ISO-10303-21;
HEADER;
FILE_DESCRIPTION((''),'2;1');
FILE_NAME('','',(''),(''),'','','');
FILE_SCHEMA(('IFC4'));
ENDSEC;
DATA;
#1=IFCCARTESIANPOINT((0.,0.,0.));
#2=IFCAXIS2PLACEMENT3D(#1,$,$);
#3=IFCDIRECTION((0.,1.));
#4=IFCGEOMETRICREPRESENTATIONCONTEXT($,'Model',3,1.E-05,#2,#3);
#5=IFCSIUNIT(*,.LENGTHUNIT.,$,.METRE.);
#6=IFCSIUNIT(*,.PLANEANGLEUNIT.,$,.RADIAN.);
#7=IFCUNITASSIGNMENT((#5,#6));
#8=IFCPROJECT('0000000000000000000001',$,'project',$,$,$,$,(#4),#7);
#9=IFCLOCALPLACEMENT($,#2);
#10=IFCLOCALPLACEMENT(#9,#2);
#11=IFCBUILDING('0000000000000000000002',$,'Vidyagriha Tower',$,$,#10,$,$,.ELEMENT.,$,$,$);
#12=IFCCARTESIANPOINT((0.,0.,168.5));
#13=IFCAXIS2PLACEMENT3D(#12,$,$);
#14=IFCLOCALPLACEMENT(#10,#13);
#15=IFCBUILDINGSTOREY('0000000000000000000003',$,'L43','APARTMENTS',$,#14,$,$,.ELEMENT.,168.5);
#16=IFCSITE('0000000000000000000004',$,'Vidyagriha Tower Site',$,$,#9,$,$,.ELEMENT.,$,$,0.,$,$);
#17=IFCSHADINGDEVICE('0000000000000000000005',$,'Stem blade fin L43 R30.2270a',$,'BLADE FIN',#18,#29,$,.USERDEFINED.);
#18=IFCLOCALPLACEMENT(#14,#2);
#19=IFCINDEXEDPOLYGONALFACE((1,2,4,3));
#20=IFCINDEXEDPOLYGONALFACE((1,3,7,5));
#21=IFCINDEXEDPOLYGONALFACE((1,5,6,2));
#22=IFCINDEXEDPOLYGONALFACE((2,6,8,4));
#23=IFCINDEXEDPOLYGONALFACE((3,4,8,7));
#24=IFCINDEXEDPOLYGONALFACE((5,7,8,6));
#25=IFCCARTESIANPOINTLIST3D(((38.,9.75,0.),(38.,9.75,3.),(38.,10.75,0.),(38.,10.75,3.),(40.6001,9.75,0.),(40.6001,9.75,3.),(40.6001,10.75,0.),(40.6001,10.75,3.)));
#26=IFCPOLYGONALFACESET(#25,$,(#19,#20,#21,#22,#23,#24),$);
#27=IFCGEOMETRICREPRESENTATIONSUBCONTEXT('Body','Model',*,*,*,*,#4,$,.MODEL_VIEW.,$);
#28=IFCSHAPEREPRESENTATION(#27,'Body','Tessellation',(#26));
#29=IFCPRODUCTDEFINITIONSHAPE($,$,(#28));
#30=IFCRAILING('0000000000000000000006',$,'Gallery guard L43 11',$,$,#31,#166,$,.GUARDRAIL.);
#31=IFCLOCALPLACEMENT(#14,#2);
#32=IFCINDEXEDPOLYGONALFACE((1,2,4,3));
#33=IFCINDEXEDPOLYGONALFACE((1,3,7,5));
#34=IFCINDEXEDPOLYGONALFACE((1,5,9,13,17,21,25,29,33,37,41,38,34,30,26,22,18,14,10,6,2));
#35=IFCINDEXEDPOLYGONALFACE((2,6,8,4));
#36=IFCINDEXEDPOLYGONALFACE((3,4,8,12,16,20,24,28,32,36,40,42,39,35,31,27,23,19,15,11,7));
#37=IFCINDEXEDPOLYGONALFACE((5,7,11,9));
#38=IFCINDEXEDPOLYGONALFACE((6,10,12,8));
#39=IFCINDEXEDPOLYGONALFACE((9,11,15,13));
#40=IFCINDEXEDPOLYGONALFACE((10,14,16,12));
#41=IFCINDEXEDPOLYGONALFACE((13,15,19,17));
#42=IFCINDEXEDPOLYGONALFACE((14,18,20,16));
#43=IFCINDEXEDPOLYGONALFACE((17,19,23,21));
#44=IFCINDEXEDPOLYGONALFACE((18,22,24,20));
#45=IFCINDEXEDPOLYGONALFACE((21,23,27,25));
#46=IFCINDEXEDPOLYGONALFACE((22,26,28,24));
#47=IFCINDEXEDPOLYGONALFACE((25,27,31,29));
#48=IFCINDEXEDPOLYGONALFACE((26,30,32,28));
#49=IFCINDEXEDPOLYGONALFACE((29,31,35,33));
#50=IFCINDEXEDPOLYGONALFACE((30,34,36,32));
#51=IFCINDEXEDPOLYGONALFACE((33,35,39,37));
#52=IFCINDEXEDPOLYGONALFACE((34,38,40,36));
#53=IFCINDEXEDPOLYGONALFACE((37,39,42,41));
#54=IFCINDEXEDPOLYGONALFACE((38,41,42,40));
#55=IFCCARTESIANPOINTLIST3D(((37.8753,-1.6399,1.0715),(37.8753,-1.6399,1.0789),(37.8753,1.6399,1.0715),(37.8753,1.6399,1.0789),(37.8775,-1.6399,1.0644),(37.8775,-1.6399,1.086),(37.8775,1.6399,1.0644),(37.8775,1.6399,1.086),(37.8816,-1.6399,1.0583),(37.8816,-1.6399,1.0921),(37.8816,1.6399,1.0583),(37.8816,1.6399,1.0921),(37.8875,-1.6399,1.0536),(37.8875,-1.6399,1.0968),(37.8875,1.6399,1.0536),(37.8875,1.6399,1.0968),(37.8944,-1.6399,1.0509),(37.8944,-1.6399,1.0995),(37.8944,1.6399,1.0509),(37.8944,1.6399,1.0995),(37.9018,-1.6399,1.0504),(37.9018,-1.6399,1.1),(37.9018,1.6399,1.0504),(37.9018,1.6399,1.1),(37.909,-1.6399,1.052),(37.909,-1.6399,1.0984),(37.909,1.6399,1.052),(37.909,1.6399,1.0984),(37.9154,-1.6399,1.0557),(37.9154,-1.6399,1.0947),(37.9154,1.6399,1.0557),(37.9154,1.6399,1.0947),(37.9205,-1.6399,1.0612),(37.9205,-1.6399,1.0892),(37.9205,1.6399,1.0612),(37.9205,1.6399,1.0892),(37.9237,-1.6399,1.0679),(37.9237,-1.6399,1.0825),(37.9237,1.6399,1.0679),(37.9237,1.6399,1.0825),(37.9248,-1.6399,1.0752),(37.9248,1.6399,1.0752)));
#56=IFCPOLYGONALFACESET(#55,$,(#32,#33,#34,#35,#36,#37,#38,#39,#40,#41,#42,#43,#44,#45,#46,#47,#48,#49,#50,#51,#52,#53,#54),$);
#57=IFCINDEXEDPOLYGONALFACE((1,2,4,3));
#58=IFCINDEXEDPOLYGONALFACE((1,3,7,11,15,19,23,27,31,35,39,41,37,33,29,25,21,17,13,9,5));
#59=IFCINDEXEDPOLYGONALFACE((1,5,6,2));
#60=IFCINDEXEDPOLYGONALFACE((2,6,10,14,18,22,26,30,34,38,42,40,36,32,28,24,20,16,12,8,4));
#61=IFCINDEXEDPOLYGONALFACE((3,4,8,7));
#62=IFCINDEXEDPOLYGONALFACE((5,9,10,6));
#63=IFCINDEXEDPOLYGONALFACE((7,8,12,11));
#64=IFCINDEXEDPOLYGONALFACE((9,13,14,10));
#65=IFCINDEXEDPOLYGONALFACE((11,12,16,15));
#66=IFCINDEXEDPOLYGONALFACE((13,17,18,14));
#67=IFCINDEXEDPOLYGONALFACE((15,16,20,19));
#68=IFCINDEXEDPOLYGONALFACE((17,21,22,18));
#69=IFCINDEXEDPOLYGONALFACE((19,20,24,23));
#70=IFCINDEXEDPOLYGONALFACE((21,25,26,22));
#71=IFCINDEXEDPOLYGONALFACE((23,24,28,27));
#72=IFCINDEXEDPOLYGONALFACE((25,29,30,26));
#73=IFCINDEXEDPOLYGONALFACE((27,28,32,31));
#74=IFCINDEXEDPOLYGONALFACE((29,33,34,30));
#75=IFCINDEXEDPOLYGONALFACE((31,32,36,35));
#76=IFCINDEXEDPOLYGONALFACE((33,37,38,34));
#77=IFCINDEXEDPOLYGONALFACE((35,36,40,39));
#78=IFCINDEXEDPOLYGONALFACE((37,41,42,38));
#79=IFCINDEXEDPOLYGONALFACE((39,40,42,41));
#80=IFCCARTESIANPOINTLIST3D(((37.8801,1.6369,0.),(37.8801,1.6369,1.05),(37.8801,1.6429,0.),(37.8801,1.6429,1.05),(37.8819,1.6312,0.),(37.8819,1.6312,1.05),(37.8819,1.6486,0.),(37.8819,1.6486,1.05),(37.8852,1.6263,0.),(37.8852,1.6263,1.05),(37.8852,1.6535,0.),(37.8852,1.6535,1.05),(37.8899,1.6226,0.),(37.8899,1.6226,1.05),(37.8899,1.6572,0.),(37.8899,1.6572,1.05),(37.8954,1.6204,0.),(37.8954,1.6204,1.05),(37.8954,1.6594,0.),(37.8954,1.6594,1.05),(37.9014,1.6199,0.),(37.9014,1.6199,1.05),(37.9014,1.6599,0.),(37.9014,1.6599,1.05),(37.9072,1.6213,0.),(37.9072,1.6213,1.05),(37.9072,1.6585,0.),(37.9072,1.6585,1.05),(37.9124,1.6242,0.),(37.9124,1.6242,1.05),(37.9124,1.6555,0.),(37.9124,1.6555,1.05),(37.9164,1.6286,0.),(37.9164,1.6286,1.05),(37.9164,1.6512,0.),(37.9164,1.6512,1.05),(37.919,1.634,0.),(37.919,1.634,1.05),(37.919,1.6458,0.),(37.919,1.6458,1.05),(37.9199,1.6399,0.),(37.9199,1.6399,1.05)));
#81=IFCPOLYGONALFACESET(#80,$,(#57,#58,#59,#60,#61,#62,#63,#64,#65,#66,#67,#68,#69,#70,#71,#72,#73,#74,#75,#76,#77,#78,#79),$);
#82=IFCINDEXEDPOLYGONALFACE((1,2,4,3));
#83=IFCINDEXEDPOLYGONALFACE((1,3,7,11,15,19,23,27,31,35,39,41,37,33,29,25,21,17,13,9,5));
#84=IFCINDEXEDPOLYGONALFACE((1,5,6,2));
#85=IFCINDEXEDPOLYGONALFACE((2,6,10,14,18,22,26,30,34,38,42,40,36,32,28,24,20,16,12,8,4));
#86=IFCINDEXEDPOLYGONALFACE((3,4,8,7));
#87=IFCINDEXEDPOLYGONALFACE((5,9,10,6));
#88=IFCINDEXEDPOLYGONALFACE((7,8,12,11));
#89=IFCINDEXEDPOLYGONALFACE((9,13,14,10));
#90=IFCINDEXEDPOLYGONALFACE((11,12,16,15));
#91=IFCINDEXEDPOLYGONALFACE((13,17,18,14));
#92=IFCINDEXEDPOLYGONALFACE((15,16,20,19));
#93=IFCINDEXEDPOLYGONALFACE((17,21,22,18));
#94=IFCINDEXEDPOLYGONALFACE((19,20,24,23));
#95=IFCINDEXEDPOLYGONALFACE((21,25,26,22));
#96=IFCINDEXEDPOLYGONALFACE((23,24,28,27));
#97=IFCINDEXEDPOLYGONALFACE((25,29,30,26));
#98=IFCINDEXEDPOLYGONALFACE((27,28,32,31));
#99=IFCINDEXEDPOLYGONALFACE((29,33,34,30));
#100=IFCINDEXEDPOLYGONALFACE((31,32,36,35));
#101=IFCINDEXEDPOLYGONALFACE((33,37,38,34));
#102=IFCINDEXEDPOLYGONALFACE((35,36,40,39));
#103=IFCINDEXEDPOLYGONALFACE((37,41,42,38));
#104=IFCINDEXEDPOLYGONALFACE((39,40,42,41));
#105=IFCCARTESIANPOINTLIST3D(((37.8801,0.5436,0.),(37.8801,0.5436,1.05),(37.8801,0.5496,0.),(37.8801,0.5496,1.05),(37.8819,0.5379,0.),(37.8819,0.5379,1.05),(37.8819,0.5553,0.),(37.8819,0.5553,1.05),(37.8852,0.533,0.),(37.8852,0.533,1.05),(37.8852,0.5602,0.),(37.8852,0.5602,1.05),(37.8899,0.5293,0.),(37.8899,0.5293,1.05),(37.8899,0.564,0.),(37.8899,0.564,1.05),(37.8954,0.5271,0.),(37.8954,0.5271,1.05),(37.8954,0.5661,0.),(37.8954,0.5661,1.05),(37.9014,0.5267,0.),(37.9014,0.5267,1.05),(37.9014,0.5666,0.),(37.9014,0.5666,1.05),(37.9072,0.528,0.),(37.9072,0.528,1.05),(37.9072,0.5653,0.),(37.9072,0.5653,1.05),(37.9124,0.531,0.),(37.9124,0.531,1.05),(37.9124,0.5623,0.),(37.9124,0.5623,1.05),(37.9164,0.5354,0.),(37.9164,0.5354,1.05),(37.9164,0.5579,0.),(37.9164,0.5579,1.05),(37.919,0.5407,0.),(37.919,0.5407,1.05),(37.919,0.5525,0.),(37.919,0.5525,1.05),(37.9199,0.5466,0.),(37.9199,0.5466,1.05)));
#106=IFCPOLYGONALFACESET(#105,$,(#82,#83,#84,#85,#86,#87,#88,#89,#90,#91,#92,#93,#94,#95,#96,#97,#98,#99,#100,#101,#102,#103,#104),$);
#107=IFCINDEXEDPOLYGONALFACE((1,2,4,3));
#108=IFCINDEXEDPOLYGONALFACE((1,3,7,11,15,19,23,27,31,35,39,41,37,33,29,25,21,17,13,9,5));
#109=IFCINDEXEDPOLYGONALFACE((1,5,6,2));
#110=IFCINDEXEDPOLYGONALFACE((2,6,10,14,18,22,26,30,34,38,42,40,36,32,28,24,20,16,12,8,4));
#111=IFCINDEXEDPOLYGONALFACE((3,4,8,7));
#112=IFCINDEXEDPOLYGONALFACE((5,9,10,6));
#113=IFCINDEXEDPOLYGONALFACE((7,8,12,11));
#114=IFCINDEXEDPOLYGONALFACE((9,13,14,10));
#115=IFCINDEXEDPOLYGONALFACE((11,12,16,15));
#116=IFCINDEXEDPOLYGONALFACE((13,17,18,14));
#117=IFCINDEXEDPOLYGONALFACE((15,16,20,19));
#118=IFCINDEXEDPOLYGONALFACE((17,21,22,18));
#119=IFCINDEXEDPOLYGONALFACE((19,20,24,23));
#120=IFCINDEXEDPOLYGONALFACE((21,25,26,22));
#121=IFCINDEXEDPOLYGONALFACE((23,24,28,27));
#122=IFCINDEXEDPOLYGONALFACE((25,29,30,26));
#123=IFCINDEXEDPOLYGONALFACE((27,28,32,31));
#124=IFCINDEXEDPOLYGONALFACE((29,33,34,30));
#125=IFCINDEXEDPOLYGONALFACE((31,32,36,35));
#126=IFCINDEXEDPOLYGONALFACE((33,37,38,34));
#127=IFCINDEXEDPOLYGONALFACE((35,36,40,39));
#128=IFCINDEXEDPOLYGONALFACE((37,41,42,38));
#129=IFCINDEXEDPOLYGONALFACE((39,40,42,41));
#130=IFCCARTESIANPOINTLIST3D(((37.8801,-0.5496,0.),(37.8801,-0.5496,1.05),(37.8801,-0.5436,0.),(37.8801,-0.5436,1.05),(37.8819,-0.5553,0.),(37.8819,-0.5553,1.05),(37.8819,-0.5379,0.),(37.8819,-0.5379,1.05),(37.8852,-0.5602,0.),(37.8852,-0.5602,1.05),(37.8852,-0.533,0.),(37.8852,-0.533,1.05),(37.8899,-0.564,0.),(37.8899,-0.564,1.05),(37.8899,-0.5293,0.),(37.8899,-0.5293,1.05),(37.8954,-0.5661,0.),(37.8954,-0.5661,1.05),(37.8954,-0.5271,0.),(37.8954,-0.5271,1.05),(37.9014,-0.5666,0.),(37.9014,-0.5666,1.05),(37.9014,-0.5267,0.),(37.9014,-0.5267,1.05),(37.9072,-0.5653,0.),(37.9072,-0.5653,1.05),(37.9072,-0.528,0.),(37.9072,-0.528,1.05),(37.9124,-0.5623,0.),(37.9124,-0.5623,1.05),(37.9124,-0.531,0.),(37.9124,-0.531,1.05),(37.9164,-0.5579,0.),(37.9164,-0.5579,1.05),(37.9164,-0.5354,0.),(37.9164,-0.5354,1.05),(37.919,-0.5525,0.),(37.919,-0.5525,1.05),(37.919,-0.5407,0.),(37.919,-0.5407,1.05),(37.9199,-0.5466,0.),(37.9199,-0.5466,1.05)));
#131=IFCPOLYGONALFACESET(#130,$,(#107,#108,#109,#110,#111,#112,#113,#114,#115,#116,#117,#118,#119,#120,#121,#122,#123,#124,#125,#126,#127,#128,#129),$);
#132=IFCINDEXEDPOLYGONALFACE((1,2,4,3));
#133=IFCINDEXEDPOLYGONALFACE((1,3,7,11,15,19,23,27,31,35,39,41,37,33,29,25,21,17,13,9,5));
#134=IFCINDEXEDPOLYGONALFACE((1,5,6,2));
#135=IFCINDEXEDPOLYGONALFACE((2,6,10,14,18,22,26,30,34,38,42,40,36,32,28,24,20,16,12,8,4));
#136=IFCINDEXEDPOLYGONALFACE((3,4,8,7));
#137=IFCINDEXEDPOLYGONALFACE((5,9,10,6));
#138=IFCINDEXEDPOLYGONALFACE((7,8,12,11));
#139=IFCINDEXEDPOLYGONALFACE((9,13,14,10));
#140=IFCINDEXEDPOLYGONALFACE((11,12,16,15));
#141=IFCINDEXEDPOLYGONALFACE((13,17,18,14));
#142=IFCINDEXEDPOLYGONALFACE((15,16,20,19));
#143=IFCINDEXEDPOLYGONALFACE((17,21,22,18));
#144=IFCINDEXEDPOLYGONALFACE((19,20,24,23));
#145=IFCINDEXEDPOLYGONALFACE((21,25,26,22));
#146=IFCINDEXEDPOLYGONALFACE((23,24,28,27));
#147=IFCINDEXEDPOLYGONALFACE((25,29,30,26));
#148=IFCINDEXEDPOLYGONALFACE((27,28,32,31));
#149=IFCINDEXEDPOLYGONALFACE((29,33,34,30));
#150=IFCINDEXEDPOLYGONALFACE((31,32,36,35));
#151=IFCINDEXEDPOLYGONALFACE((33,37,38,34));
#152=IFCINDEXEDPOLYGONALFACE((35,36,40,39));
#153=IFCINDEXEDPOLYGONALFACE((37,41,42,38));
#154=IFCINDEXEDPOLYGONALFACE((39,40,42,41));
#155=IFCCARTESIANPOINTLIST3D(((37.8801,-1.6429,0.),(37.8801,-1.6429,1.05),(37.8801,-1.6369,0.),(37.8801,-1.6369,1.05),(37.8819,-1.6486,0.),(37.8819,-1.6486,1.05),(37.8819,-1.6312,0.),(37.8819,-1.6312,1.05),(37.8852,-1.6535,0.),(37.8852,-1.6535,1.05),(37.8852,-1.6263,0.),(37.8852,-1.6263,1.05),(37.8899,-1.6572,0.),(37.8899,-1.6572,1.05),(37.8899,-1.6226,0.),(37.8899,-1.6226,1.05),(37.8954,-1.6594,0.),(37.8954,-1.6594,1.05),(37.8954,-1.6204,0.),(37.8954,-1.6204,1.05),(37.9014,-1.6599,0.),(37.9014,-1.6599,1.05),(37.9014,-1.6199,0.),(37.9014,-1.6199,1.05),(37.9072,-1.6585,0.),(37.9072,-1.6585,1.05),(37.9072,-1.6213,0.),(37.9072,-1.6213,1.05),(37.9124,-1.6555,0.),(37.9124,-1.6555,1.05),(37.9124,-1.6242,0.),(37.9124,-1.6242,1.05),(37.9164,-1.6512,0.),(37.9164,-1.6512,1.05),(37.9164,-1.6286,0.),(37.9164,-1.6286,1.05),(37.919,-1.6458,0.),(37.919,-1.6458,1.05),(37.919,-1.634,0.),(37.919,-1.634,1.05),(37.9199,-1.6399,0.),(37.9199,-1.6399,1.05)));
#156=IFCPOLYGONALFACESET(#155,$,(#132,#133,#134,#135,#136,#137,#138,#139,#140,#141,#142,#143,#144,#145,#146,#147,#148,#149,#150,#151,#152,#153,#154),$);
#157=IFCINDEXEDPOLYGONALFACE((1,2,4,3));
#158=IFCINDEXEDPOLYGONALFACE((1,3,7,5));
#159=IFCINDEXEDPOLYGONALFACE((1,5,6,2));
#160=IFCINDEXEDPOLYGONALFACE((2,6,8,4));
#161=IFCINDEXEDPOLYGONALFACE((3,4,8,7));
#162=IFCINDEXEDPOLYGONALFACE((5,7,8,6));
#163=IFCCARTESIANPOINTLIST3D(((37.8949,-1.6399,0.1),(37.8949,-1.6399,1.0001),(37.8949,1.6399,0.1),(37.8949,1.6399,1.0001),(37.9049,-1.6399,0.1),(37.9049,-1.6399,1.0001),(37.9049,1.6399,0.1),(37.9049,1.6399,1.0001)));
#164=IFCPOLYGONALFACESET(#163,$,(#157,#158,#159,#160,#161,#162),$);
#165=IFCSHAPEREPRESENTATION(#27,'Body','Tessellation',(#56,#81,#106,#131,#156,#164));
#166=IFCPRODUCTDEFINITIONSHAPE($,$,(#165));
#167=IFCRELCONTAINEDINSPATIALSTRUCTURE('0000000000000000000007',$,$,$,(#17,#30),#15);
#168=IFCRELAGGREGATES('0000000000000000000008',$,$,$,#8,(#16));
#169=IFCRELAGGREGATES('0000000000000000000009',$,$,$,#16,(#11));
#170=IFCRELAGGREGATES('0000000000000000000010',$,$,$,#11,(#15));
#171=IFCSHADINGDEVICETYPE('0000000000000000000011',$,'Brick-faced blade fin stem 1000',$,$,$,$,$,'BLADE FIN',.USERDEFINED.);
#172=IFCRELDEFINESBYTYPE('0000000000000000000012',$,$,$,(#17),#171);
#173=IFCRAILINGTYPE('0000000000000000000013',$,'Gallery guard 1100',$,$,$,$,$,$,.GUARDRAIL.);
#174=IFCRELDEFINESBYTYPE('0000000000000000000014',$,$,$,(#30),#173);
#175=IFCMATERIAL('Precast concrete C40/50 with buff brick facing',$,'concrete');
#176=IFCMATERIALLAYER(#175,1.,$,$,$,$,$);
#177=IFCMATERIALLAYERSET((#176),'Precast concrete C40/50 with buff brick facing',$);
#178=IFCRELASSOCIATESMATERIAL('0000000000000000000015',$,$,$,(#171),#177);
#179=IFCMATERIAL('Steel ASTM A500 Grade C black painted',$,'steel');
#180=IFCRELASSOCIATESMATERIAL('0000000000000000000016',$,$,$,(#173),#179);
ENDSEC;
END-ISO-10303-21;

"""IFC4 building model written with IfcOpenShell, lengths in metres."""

from ifc_helpers import new_model, si_unit, direction, frame, origin, origin_2d, place, context, subcontext, project, spatial, polyline, rectangle, circle, outline, extrude, material, layer, layer_set, type_object, element, save


model = new_model("IFC4")

# Units and contexts
model_context = context("Model", 3, precision=1e-05, world=origin(), true_north=direction((0.0, 1.0)))
body_context = subcontext(model_context, "Body", "Model", "MODEL_VIEW")
ifc_project = project(units=[si_unit("LENGTHUNIT", "METRE"), si_unit("PLANEANGLEUNIT", "RADIAN")], contexts=[model_context])

# Site, building, storey
site_placement = place(None, origin())
site = spatial("IfcSite", under=ifc_project, at=site_placement, Name="Vidyagriha Tower Site", CompositionType="ELEMENT", RefElevation=0.0)
building_placement = place(site_placement, origin())
building = spatial("IfcBuilding", under=site, at=building_placement, Name="Vidyagriha Tower", CompositionType="ELEMENT")
storey_placement = place(building_placement, frame((0.0, 0.0, 168.5)))
storey = spatial("IfcBuildingStorey", under=building, at=storey_placement, Name="L43", Description="APARTMENTS", CompositionType="ELEMENT", Elevation=168.5)

# Shading device
ifc_material_1 = material(Name="Precast concrete C40/50 with buff brick facing", Category="concrete")
ifc_layer_1 = layer(ifc_material_1, 1.0)
ifc_layer_set_1 = layer_set([ifc_layer_1], Name="Precast concrete C40/50 with buff brick facing")
shading_device_type_1 = type_object("IfcShadingDeviceType", Name="Brick-faced blade fin stem 1000", ElementType="BLADE FIN", PredefinedType="USERDEFINED", material=ifc_layer_set_1)
shading_device_1_placement = place(storey_placement, frame((39.3, 9.75, 0.0), z_axis=(0.0, 0.0, 1.0), x_axis=(0.0, 1.0, 0.0)))
element("IfcShadingDevice", 1, at=shading_device_1_placement, inside=storey, type_object=shading_device_type_1, Name="Stem blade fin L43 R30.2270a", ObjectType="BLADE FIN", PredefinedType="USERDEFINED", context=body_context, shape_type="SweptSolid", body=[
    extrude(outline(polyline([(0.0, 0.0), (1.0, 0.0), (1.0, 3.0), (0.0, 3.0), (0.0, 0.0)])), frame((0.0, 1.3, 0.0), z_axis=(0.0, -1.0, 0.0), x_axis=(1.0, 0.0, 0.0)), (0.0, 0.0, 1.0), 2.6001),
])

# Railing
ifc_material_2 = material(Name="Steel ASTM A500 Grade C black painted", Category="steel")
railing_type_1 = type_object("IfcRailingType", Name="Gallery guard 1100", PredefinedType="GUARDRAIL", material=ifc_material_2)
railing_1_placement = place(storey_placement, frame((37.8999, 1.6399, 0.0)))
element("IfcRailing", 2, at=railing_1_placement, inside=storey, type_object=railing_type_1, Name="Gallery guard L43 11", PredefinedType="GUARDRAIL", context=body_context, shape_type="SweptSolid", body=[
    extrude(circle(Radius=0.0249, at=origin_2d()), frame((0.0, 0.0, 1.0752), z_axis=(0.0, -1.0, 0.0), x_axis=(1.0, 0.0, 0.0)), (0.0, 0.0, 1.0), 3.2798),
    extrude(circle(Radius=0.02, at=origin_2d()), origin(), (0.0, 0.0, 1.0), 1.05),
    extrude(circle(Radius=0.02, at=origin_2d()), frame((0.0, -1.0933, 0.0)), (0.0, 0.0, 1.0), 1.05),
    extrude(circle(Radius=0.02, at=origin_2d()), frame((0.0, -2.1865, 0.0)), (0.0, 0.0, 1.0), 1.05),
    extrude(circle(Radius=0.02, at=origin_2d()), frame((0.0, -3.2798, 0.0)), (0.0, 0.0, 1.0), 1.05),
    extrude(rectangle(XDim=0.01, YDim=0.9001, at=origin_2d()), frame((0.0, 0.0, 0.55), z_axis=(0.0, -1.0, 0.0), x_axis=(1.0, 0.0, 0.0)), (0.0, 0.0, 1.0), 3.2798),
])

save(model, "model.ifc")
